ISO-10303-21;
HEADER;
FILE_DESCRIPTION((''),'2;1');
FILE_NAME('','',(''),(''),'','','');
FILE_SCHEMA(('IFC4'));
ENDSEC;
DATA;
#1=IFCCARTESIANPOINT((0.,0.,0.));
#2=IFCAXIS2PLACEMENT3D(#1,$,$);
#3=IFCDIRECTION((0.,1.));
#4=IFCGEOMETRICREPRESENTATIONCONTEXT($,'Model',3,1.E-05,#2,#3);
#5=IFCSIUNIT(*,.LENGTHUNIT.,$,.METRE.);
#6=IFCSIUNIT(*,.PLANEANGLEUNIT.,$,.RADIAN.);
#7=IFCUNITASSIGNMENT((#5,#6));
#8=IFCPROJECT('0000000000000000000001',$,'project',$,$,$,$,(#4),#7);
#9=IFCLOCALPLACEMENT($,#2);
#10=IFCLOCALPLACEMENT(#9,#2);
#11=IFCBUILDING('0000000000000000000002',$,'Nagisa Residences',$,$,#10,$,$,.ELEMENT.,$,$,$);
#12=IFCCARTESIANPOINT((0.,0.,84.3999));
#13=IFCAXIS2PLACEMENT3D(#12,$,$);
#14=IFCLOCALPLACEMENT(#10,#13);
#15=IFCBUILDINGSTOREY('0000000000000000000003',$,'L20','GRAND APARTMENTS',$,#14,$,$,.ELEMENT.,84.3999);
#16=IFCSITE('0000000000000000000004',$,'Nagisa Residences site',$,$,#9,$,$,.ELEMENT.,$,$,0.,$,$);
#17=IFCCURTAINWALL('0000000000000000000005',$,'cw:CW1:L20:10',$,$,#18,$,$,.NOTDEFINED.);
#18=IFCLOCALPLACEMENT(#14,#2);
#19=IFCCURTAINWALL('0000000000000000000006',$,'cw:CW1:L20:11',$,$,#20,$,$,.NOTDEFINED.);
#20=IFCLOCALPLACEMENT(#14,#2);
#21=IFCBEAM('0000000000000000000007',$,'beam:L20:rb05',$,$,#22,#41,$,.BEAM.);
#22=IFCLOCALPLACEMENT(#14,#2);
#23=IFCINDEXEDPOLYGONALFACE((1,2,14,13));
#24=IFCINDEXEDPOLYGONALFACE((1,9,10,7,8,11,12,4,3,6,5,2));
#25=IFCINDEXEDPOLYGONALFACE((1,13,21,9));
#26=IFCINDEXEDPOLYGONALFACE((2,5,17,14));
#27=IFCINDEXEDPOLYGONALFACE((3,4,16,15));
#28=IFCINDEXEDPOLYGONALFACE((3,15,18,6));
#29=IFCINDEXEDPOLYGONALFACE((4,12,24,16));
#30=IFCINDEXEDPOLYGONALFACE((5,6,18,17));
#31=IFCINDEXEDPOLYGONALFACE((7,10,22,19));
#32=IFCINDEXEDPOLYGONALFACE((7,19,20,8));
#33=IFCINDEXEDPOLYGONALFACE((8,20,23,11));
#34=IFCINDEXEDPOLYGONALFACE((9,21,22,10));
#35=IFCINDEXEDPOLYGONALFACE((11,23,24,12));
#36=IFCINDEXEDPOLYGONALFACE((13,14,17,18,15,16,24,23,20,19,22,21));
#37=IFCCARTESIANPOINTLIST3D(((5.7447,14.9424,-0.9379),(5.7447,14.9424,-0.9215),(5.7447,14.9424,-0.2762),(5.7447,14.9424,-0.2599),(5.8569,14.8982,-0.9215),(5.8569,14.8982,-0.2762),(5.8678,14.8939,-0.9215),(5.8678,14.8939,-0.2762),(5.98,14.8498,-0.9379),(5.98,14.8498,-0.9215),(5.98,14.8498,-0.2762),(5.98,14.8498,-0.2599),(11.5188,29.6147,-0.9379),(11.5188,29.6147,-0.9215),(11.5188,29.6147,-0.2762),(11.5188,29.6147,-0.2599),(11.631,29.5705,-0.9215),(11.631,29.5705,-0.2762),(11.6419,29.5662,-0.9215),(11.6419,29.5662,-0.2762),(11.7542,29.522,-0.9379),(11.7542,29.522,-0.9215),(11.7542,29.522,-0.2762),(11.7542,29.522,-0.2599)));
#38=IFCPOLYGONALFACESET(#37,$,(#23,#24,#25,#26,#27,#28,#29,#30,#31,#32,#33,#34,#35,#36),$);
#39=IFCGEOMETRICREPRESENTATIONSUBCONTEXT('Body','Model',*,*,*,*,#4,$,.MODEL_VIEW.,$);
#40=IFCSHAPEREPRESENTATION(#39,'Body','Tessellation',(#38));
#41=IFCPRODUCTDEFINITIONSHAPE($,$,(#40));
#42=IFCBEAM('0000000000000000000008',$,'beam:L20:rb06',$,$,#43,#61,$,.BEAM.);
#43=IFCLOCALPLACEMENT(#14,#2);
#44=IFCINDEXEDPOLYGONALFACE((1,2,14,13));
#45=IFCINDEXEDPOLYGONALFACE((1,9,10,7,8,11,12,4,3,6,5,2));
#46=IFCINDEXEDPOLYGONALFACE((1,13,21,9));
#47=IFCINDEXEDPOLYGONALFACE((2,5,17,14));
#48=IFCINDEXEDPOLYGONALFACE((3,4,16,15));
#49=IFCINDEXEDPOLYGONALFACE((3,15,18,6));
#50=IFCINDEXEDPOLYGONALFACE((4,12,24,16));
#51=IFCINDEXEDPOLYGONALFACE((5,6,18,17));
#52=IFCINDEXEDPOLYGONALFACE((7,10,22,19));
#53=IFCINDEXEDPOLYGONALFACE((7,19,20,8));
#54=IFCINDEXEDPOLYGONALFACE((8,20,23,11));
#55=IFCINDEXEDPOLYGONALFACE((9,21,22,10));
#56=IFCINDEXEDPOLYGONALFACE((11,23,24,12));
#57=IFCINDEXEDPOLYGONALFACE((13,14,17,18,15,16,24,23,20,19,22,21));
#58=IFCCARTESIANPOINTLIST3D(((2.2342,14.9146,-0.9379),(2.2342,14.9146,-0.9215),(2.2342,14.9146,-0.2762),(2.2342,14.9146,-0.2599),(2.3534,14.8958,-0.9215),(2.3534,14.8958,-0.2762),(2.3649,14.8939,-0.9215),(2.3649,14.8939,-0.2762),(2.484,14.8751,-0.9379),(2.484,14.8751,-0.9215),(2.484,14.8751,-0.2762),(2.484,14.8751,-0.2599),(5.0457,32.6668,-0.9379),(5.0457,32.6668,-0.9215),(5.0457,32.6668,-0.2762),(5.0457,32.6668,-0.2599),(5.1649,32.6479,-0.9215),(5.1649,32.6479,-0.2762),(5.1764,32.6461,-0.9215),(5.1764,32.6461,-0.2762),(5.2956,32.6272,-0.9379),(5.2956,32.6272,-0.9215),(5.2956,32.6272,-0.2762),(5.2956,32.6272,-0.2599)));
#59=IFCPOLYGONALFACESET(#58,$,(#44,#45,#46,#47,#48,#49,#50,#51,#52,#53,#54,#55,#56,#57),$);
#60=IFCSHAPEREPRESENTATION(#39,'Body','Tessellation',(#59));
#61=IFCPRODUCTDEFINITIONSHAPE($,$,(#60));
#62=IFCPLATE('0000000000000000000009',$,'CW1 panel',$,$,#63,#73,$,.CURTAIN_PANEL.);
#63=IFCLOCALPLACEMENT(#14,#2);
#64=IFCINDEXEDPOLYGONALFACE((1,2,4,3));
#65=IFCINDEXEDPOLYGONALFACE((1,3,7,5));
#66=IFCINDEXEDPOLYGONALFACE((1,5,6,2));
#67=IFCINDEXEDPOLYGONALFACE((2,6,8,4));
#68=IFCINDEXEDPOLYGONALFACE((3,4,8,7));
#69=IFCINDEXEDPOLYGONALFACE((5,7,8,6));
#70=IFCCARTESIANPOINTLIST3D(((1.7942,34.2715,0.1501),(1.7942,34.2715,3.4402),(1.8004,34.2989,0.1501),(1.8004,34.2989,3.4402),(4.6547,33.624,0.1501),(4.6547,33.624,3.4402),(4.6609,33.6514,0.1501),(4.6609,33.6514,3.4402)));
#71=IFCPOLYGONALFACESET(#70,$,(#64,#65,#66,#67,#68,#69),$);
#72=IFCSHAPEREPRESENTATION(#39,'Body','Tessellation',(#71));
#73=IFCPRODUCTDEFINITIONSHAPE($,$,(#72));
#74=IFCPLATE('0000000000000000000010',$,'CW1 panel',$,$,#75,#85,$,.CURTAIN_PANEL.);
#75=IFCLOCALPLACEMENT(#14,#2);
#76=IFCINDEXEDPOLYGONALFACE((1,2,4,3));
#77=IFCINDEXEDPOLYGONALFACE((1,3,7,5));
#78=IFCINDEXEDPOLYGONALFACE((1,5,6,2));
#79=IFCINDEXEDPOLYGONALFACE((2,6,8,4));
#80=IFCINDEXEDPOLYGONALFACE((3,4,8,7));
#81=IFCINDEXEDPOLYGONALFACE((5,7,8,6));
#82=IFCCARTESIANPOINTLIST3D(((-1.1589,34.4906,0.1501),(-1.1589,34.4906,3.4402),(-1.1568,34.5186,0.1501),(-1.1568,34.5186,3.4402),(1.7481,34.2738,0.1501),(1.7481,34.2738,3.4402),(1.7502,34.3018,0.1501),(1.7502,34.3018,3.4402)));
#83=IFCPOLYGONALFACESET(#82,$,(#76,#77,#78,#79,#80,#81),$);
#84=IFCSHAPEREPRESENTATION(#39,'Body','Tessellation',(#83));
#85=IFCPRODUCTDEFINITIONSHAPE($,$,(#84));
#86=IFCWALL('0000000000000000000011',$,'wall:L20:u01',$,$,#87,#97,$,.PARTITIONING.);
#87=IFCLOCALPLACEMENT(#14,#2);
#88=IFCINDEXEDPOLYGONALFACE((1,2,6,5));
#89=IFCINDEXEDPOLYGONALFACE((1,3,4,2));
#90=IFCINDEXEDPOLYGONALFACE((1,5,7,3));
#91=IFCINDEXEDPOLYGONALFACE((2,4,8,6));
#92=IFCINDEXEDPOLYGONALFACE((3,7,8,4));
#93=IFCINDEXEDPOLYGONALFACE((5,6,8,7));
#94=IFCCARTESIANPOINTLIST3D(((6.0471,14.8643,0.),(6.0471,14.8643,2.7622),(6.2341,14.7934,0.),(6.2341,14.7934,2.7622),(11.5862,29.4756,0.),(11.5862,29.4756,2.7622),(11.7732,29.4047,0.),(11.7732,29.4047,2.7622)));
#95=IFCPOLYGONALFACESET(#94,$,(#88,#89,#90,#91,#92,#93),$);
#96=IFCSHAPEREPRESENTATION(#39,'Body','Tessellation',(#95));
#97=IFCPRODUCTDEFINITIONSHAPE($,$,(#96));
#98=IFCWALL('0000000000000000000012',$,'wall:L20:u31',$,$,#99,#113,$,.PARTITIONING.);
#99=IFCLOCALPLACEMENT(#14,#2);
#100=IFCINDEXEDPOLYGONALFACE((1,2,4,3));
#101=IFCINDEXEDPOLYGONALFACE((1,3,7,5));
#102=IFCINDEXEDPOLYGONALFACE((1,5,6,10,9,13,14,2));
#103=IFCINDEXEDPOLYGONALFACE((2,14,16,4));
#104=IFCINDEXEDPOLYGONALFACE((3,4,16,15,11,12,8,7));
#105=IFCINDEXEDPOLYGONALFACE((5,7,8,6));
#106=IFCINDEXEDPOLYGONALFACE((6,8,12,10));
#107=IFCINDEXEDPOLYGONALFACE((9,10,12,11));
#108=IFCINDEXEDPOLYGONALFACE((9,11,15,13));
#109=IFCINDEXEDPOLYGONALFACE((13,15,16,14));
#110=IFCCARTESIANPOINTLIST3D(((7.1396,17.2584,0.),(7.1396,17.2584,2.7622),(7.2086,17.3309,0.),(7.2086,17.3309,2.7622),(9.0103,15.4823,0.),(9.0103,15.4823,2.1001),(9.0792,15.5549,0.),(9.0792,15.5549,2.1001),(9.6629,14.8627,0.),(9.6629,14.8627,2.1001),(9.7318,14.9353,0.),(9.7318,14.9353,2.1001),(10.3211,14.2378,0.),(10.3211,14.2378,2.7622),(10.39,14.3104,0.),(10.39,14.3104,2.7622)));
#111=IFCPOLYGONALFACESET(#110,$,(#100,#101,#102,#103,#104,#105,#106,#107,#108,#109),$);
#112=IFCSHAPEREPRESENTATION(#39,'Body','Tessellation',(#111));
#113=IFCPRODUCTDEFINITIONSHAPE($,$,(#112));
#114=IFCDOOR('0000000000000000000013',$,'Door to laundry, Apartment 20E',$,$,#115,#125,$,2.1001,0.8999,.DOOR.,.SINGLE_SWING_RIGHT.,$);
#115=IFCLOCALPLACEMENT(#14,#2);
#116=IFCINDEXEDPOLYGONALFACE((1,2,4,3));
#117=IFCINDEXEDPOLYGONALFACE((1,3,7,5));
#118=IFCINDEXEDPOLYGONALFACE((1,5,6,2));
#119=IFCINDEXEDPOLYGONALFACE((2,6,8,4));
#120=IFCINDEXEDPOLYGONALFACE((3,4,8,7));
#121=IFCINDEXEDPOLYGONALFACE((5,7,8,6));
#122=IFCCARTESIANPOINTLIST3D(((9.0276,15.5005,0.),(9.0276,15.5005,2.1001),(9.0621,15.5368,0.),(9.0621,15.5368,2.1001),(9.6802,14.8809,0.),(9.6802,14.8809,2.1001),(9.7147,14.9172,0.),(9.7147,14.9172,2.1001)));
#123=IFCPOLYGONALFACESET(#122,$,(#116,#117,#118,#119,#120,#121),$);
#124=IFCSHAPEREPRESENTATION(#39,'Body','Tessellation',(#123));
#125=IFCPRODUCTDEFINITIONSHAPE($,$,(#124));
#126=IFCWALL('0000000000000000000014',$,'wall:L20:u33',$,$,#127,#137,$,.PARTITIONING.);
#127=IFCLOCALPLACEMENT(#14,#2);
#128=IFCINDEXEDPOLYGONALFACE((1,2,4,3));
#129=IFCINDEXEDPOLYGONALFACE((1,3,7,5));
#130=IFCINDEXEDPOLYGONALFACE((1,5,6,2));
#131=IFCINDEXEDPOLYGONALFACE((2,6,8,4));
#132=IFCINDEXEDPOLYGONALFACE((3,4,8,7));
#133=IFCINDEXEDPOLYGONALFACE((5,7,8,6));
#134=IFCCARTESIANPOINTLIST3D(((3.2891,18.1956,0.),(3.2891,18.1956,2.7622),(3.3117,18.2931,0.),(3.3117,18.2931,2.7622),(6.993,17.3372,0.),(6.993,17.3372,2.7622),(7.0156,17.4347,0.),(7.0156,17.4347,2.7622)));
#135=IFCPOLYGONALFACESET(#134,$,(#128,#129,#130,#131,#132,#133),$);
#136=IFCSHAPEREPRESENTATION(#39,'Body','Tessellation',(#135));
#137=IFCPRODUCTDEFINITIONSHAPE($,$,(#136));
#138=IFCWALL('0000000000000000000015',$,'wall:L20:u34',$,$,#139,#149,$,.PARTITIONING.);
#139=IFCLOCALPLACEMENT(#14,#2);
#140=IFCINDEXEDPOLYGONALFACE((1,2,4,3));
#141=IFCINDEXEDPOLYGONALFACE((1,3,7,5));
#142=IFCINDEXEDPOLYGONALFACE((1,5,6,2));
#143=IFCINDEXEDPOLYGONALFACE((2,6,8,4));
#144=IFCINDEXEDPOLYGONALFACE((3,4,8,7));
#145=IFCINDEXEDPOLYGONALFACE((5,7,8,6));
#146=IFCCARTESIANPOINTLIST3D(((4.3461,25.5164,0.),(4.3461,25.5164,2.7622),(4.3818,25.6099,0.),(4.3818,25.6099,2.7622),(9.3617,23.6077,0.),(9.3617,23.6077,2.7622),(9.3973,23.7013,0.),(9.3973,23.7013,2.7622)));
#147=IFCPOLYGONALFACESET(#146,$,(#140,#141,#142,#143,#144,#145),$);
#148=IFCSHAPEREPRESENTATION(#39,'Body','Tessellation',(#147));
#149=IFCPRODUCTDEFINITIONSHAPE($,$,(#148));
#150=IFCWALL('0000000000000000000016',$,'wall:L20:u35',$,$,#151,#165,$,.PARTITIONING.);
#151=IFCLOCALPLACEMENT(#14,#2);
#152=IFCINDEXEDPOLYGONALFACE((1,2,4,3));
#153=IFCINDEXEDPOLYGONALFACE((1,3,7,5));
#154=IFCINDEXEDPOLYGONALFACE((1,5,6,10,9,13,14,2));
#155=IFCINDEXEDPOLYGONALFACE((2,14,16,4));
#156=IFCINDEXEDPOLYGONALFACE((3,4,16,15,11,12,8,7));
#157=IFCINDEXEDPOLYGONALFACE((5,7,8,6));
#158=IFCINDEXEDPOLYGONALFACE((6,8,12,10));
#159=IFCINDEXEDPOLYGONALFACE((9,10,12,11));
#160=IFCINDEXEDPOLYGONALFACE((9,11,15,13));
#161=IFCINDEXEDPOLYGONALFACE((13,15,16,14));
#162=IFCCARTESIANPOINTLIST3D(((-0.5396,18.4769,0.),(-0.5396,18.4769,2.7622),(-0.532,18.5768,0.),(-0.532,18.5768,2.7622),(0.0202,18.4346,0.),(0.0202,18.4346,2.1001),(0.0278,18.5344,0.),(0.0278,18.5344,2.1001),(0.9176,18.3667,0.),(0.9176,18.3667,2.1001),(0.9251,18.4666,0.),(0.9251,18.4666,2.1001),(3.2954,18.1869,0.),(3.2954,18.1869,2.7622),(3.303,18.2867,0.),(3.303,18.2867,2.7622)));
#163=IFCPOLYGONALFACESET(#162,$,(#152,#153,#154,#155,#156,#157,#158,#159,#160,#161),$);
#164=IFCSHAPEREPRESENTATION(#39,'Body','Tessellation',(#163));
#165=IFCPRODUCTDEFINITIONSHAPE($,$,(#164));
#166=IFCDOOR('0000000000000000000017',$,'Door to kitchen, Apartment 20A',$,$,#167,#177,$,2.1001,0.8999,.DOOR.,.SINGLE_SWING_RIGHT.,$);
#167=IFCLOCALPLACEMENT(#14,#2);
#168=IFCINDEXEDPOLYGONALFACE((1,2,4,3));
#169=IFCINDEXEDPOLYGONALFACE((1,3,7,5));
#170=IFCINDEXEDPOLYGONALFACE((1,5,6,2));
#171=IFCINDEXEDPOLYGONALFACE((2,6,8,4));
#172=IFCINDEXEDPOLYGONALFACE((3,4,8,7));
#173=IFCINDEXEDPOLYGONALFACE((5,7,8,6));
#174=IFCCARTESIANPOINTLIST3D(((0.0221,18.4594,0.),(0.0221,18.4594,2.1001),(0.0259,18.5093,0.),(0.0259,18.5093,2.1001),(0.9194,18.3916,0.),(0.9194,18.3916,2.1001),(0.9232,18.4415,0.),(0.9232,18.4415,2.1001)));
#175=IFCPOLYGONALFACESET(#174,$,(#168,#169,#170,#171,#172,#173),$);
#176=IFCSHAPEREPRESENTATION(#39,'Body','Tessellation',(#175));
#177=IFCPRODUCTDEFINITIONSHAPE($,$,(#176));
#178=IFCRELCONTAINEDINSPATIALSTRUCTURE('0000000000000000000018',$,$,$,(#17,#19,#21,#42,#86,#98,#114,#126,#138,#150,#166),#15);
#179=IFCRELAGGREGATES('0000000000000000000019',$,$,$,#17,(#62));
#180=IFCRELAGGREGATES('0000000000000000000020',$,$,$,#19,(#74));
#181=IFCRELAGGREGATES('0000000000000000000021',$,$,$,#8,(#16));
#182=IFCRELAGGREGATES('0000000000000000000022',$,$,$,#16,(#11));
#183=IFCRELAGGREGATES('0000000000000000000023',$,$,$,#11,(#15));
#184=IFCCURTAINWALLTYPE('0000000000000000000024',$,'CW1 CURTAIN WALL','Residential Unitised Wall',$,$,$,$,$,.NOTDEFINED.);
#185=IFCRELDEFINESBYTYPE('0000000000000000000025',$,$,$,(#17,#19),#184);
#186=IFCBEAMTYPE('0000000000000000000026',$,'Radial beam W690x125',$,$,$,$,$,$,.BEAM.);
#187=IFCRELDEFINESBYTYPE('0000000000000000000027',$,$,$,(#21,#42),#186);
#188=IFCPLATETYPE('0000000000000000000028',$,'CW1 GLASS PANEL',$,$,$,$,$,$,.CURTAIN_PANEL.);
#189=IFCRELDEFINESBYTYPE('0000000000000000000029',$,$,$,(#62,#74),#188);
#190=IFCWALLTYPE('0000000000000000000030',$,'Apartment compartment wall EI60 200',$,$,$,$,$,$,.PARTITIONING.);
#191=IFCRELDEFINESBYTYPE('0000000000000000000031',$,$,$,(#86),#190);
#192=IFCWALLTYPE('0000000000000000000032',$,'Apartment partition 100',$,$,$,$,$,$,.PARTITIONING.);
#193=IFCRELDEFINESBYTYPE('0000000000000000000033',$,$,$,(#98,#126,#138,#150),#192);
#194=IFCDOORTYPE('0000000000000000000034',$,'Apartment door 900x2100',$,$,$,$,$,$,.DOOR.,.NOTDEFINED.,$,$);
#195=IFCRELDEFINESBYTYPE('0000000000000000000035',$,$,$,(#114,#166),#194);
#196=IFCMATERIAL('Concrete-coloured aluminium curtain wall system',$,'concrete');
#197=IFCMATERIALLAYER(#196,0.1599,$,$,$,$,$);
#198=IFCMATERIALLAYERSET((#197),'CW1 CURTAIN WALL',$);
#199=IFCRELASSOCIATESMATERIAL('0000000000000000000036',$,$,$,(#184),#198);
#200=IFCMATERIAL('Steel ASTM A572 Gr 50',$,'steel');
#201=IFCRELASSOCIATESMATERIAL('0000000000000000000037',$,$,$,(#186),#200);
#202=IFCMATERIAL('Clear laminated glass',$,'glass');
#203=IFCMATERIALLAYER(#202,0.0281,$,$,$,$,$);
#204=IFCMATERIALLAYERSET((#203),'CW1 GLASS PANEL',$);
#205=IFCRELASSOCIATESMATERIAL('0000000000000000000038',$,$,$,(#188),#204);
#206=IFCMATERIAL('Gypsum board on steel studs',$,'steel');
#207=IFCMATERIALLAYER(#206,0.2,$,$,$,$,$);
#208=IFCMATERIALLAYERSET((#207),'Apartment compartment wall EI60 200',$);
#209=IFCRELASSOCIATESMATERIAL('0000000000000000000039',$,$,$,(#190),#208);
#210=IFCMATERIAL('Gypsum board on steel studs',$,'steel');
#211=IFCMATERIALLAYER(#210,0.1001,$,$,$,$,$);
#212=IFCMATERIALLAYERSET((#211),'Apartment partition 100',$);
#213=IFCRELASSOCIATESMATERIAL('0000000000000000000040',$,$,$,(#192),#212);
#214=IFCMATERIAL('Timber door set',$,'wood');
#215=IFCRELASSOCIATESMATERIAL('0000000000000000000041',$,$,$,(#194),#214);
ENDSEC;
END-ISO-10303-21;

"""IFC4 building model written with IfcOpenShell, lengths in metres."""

from ifc_helpers import new_model, si_unit, direction, frame, frame_2d, origin, origin_2d, place, context, subcontext, project, spatial, rectangle, i_section, extrude, material, layer, layer_set, material_profile, profile_set, type_object, element, fill, aggregate, save


model = new_model("IFC4")

# Units and contexts
model_context = context("Model", 3, precision=1e-05, world=origin(), true_north=direction((0.0, 1.0)))
body_context = subcontext(model_context, "Body", "Model", "MODEL_VIEW")
ifc_project = project(units=[si_unit("LENGTHUNIT", "METRE"), si_unit("PLANEANGLEUNIT", "RADIAN")], contexts=[model_context])

# Site, building, storey
site_placement = place(None, origin())
site = spatial("IfcSite", under=ifc_project, at=site_placement, Name="Nagisa Residences site", CompositionType="ELEMENT", RefElevation=0.0)
building_placement = place(site_placement, origin())
building = spatial("IfcBuilding", under=site, at=building_placement, Name="Nagisa Residences", CompositionType="ELEMENT")
storey_placement = place(building_placement, frame((0.0, 0.0, 84.3999)))
storey = spatial("IfcBuildingStorey", under=building, at=storey_placement, Name="L20", Description="GRAND APARTMENTS", CompositionType="ELEMENT", Elevation=84.3999)

# Curtain walls
ifc_material_1 = material(Name="Concrete-coloured aluminium curtain wall system", Category="concrete")
ifc_layer_1 = layer(ifc_material_1, 0.1599)
ifc_layer_set_1 = layer_set([ifc_layer_1], Name="CW1 CURTAIN WALL")
curtain_wall_type = type_object("IfcCurtainWallType", Name="CW1 CURTAIN WALL", Description="Residential Unitised Wall", PredefinedType="NOTDEFINED", material=ifc_layer_set_1)
curtain_wall_1_placement = place(storey_placement, origin())
curtain_wall_1 = element("IfcCurtainWall", 1, at=curtain_wall_1_placement, inside=storey, type_object=curtain_wall_type, Name="cw:CW1:L20:10", PredefinedType="NOTDEFINED")
curtain_wall_2_placement = place(storey_placement, origin())
curtain_wall_2 = element("IfcCurtainWall", 2, at=curtain_wall_2_placement, inside=storey, type_object=curtain_wall_type, Name="cw:CW1:L20:11", PredefinedType="NOTDEFINED")

# Beams
ifc_material_2 = material(Name="Steel ASTM A572 Gr 50", Category="steel")
ifc_material_profile_1 = material_profile(ifc_material_2, i_section(OverallWidth=0.2529, OverallDepth=0.678, WebThickness=0.0117, FlangeThickness=0.0164, at=origin_2d()), Name="W690x125")
ifc_profile_set_1 = profile_set([ifc_material_profile_1], Name="Steel ASTM A572 Gr 50")
beam_type_1 = type_object("IfcBeamType", Name="Radial beam W690x125", PredefinedType="BEAM", material=ifc_profile_set_1)
beam_1_placement = place(storey_placement, frame((11.6365, 29.5684, -0.5989), z_axis=(-0.366203, -0.930535, 0.0), x_axis=(0.930535, -0.366203, 0.0)))
element("IfcBeam", 3, at=beam_1_placement, inside=storey, type_object=beam_type_1, Name="beam:L20:rb05", PredefinedType="BEAM", context=body_context, shape_type="SweptSolid", body=[
    extrude(i_section(OverallWidth=0.2529, OverallDepth=0.678, WebThickness=0.0117, FlangeThickness=0.0164, at=origin_2d()), origin(), (0.0, 0.0, 1.0), 15.7676),
])
beam_2_placement = place(storey_placement, frame((5.1707, 32.647, -0.5989), z_axis=(-0.156426, -0.98769, 0.0), x_axis=(0.98769, -0.156426, 0.0)))
element("IfcBeam", 4, at=beam_2_placement, inside=storey, type_object=beam_type_1, Name="beam:L20:rb06", PredefinedType="BEAM", context=body_context, shape_type="SweptSolid", body=[
    extrude(i_section(OverallWidth=0.2529, OverallDepth=0.678, WebThickness=0.0117, FlangeThickness=0.0164, at=origin_2d()), origin(), (0.0, 0.0, 1.0), 17.9734),
])

# Plates
ifc_material_3 = material(Name="Clear laminated glass", Category="glass")
ifc_layer_2 = layer(ifc_material_3, 0.0281)
ifc_layer_set_2 = layer_set([ifc_layer_2], Name="CW1 GLASS PANEL")
plate_type = type_object("IfcPlateType", Name="CW1 GLASS PANEL", PredefinedType="CURTAIN_PANEL", material=ifc_layer_set_2)
plate_1_placement = place(storey_placement, frame((3.2275, 33.9614, 0.1501), z_axis=(0.0, 0.0, 1.0), x_axis=(-0.975327, 0.220764, 0.0)))
plate_1 = element("IfcPlate", 5, at=plate_1_placement, type_object=plate_type, Name="CW1 panel", PredefinedType="CURTAIN_PANEL", context=body_context, shape_type="SweptSolid", body=[
    extrude(rectangle(XDim=2.9329, YDim=0.0281, at=origin_2d()), origin(), (0.0, 0.0, 1.0), 3.29),
])
aggregate(curtain_wall_1, [plate_1])
plate_2_placement = place(storey_placement, frame((0.2957, 34.3962, 0.1501), z_axis=(0.0, 0.0, 1.0), x_axis=(-0.99723, 0.074377, 0.0)))
plate_2 = element("IfcPlate", 6, at=plate_2_placement, type_object=plate_type, Name="CW1 panel", PredefinedType="CURTAIN_PANEL", context=body_context, shape_type="SweptSolid", body=[
    extrude(rectangle(XDim=2.915, YDim=0.0281, at=origin_2d()), origin(), (0.0, 0.0, 1.0), 3.29),
])
aggregate(curtain_wall_2, [plate_2])

# Wall
ifc_material_4 = material(Name="Gypsum board on steel studs", Category="steel")
ifc_layer_3 = layer(ifc_material_4, 0.2)
ifc_layer_set_3 = layer_set([ifc_layer_3], Name="Apartment compartment wall EI60 200")
wall_type_1 = type_object("IfcWallType", Name="Apartment compartment wall EI60 200", PredefinedType="PARTITIONING", material=ifc_layer_set_3)
wall_1_placement = place(storey_placement, frame((6.1406, 14.8289, 0.0), z_axis=(0.0, 0.0, 1.0), x_axis=(0.354477, 0.935065, 0.0)))
element("IfcWall", 7, at=wall_1_placement, inside=storey, type_object=wall_type_1, Name="wall:L20:u01", PredefinedType="PARTITIONING", context=body_context, shape_type="SweptSolid", body=[
    extrude(rectangle(XDim=15.626, YDim=0.2, at=frame_2d((7.813, 0.0))), origin(), (0.0, 0.0, 1.0), 2.7622),
])

# Wall, opening, door
ifc_material_5 = material(Name="Gypsum board on steel studs", Category="steel")
ifc_layer_4 = layer(ifc_material_5, 0.1001)
ifc_layer_set_4 = layer_set([ifc_layer_4], Name="Apartment partition 100")
wall_type_2 = type_object("IfcWallType", Name="Apartment partition 100", PredefinedType="PARTITIONING", material=ifc_layer_set_4)
wall_2_placement = place(storey_placement, frame((10.3555, 14.2742, 0.0), z_axis=(0.0, 0.0, 1.0), x_axis=(-0.725206, 0.688532, 0.0)))
wall_2 = element("IfcWall", 8, at=wall_2_placement, inside=storey, type_object=wall_type_2, Name="wall:L20:u31", PredefinedType="PARTITIONING", context=body_context, shape_type="SweptSolid", body=[
    extrude(rectangle(XDim=4.387, YDim=0.1001, at=frame_2d((2.1934, 0.0))), origin(), (0.0, 0.0, 1.0), 2.7622),
])
opening_1_placement = place(wall_2_placement, frame((0.9075, 0.0, 0.0)))
opening_1 = element("IfcOpeningElement", 9, at=opening_1_placement, cuts=wall_2, PredefinedType="OPENING", context=body_context, shape_type="SweptSolid", body=[
    extrude(rectangle(XDim=0.8999, YDim=2.1001, at=frame_2d((0.45, 1.05))), frame((0.0, 0.0601, 0.0), z_axis=(0.0, -1.0, 0.0), x_axis=(1.0, 0.0, 0.0)), (0.0, 0.0, 1.0), 0.1201),
])
ifc_material_6 = material(Name="Timber door set", Category="wood")
door_type_1 = type_object("IfcDoorType", Name="Apartment door 900x2100", OperationType="NOTDEFINED", PredefinedType="DOOR", material=ifc_material_6)
door_1_placement = place(opening_1_placement, origin())
door_1 = element("IfcDoor", 10, at=door_1_placement, inside=storey, type_object=door_type_1, Name="Door to laundry, Apartment 20E", OperationType="SINGLE_SWING_RIGHT", OverallHeight=2.1001, OverallWidth=0.8999, PredefinedType="DOOR", context=body_context, shape_type="SweptSolid", body=[
    extrude(rectangle(XDim=0.8999, YDim=2.1001, at=frame_2d((0.45, 1.05))), frame((0.0, 0.0249, 0.0), z_axis=(0.0, -1.0, 0.0), x_axis=(1.0, 0.0, 0.0)), (0.0, 0.0, 1.0), 0.05),
])
fill(opening_1, door_1)

# Walls
wall_3_placement = place(storey_placement, frame((7.0042, 17.386, 0.0), z_axis=(0.0, 0.0, 1.0), x_axis=(-0.97418, 0.225774, 0.0)))
element("IfcWall", 11, at=wall_3_placement, inside=storey, type_object=wall_type_2, Name="wall:L20:u33", PredefinedType="PARTITIONING", context=body_context, shape_type="SweptSolid", body=[
    extrude(rectangle(XDim=3.802, YDim=0.1001, at=frame_2d((1.9009, 0.0))), origin(), (0.0, 0.0, 1.0), 2.7622),
])
wall_4_placement = place(storey_placement, frame((9.3794, 23.6545, 0.0), z_axis=(0.0, 0.0, 1.0), x_axis=(-0.934613, 0.355666, 0.0)))
element("IfcWall", 12, at=wall_4_placement, inside=storey, type_object=wall_type_2, Name="wall:L20:u34", PredefinedType="PARTITIONING", context=body_context, shape_type="SweptSolid", body=[
    extrude(rectangle(XDim=5.3665, YDim=0.1001, at=frame_2d((2.6831, 0.0))), origin(), (0.0, 0.0, 1.0), 2.7622),
])

# Wall, opening, door
wall_5_placement = place(storey_placement, frame((3.2991, 18.2368, 0.0), z_axis=(0.0, 0.0, 1.0), x_axis=(-0.997152, 0.075415, 0.0)))
wall_5 = element("IfcWall", 13, at=wall_5_placement, inside=storey, type_object=wall_type_2, Name="wall:L20:u35", PredefinedType="PARTITIONING", context=body_context, shape_type="SweptSolid", body=[
    extrude(rectangle(XDim=3.8459, YDim=0.1001, at=frame_2d((1.9229, 0.0))), origin(), (0.0, 0.0, 1.0), 2.7622),
])
opening_2_placement = place(wall_5_placement, frame((2.3845, 0.0, 0.0)))
opening_2 = element("IfcOpeningElement", 14, at=opening_2_placement, cuts=wall_5, PredefinedType="OPENING", context=body_context, shape_type="SweptSolid", body=[
    extrude(rectangle(XDim=0.8999, YDim=2.1001, at=frame_2d((0.45, 1.05))), frame((0.0, 0.0601, 0.0), z_axis=(0.0, -1.0, 0.0), x_axis=(1.0, 0.0, 0.0)), (0.0, 0.0, 1.0), 0.1201),
])
door_2_placement = place(opening_2_placement, frame((0.8999, 0.0, 0.0), x_axis=(-1.0, 0.0, 0.0)))
door_2 = element("IfcDoor", 15, at=door_2_placement, inside=storey, type_object=door_type_1, Name="Door to kitchen, Apartment 20A", OperationType="SINGLE_SWING_RIGHT", OverallHeight=2.1001, OverallWidth=0.8999, PredefinedType="DOOR", context=body_context, shape_type="SweptSolid", body=[
    extrude(rectangle(XDim=0.8999, YDim=2.1001, at=frame_2d((0.45, 1.05))), frame((0.0, 0.0249, 0.0), z_axis=(0.0, -1.0, 0.0), x_axis=(1.0, 0.0, 0.0)), (0.0, 0.0, 1.0), 0.05),
])
fill(opening_2, door_2)

save(model, "model.ifc")
